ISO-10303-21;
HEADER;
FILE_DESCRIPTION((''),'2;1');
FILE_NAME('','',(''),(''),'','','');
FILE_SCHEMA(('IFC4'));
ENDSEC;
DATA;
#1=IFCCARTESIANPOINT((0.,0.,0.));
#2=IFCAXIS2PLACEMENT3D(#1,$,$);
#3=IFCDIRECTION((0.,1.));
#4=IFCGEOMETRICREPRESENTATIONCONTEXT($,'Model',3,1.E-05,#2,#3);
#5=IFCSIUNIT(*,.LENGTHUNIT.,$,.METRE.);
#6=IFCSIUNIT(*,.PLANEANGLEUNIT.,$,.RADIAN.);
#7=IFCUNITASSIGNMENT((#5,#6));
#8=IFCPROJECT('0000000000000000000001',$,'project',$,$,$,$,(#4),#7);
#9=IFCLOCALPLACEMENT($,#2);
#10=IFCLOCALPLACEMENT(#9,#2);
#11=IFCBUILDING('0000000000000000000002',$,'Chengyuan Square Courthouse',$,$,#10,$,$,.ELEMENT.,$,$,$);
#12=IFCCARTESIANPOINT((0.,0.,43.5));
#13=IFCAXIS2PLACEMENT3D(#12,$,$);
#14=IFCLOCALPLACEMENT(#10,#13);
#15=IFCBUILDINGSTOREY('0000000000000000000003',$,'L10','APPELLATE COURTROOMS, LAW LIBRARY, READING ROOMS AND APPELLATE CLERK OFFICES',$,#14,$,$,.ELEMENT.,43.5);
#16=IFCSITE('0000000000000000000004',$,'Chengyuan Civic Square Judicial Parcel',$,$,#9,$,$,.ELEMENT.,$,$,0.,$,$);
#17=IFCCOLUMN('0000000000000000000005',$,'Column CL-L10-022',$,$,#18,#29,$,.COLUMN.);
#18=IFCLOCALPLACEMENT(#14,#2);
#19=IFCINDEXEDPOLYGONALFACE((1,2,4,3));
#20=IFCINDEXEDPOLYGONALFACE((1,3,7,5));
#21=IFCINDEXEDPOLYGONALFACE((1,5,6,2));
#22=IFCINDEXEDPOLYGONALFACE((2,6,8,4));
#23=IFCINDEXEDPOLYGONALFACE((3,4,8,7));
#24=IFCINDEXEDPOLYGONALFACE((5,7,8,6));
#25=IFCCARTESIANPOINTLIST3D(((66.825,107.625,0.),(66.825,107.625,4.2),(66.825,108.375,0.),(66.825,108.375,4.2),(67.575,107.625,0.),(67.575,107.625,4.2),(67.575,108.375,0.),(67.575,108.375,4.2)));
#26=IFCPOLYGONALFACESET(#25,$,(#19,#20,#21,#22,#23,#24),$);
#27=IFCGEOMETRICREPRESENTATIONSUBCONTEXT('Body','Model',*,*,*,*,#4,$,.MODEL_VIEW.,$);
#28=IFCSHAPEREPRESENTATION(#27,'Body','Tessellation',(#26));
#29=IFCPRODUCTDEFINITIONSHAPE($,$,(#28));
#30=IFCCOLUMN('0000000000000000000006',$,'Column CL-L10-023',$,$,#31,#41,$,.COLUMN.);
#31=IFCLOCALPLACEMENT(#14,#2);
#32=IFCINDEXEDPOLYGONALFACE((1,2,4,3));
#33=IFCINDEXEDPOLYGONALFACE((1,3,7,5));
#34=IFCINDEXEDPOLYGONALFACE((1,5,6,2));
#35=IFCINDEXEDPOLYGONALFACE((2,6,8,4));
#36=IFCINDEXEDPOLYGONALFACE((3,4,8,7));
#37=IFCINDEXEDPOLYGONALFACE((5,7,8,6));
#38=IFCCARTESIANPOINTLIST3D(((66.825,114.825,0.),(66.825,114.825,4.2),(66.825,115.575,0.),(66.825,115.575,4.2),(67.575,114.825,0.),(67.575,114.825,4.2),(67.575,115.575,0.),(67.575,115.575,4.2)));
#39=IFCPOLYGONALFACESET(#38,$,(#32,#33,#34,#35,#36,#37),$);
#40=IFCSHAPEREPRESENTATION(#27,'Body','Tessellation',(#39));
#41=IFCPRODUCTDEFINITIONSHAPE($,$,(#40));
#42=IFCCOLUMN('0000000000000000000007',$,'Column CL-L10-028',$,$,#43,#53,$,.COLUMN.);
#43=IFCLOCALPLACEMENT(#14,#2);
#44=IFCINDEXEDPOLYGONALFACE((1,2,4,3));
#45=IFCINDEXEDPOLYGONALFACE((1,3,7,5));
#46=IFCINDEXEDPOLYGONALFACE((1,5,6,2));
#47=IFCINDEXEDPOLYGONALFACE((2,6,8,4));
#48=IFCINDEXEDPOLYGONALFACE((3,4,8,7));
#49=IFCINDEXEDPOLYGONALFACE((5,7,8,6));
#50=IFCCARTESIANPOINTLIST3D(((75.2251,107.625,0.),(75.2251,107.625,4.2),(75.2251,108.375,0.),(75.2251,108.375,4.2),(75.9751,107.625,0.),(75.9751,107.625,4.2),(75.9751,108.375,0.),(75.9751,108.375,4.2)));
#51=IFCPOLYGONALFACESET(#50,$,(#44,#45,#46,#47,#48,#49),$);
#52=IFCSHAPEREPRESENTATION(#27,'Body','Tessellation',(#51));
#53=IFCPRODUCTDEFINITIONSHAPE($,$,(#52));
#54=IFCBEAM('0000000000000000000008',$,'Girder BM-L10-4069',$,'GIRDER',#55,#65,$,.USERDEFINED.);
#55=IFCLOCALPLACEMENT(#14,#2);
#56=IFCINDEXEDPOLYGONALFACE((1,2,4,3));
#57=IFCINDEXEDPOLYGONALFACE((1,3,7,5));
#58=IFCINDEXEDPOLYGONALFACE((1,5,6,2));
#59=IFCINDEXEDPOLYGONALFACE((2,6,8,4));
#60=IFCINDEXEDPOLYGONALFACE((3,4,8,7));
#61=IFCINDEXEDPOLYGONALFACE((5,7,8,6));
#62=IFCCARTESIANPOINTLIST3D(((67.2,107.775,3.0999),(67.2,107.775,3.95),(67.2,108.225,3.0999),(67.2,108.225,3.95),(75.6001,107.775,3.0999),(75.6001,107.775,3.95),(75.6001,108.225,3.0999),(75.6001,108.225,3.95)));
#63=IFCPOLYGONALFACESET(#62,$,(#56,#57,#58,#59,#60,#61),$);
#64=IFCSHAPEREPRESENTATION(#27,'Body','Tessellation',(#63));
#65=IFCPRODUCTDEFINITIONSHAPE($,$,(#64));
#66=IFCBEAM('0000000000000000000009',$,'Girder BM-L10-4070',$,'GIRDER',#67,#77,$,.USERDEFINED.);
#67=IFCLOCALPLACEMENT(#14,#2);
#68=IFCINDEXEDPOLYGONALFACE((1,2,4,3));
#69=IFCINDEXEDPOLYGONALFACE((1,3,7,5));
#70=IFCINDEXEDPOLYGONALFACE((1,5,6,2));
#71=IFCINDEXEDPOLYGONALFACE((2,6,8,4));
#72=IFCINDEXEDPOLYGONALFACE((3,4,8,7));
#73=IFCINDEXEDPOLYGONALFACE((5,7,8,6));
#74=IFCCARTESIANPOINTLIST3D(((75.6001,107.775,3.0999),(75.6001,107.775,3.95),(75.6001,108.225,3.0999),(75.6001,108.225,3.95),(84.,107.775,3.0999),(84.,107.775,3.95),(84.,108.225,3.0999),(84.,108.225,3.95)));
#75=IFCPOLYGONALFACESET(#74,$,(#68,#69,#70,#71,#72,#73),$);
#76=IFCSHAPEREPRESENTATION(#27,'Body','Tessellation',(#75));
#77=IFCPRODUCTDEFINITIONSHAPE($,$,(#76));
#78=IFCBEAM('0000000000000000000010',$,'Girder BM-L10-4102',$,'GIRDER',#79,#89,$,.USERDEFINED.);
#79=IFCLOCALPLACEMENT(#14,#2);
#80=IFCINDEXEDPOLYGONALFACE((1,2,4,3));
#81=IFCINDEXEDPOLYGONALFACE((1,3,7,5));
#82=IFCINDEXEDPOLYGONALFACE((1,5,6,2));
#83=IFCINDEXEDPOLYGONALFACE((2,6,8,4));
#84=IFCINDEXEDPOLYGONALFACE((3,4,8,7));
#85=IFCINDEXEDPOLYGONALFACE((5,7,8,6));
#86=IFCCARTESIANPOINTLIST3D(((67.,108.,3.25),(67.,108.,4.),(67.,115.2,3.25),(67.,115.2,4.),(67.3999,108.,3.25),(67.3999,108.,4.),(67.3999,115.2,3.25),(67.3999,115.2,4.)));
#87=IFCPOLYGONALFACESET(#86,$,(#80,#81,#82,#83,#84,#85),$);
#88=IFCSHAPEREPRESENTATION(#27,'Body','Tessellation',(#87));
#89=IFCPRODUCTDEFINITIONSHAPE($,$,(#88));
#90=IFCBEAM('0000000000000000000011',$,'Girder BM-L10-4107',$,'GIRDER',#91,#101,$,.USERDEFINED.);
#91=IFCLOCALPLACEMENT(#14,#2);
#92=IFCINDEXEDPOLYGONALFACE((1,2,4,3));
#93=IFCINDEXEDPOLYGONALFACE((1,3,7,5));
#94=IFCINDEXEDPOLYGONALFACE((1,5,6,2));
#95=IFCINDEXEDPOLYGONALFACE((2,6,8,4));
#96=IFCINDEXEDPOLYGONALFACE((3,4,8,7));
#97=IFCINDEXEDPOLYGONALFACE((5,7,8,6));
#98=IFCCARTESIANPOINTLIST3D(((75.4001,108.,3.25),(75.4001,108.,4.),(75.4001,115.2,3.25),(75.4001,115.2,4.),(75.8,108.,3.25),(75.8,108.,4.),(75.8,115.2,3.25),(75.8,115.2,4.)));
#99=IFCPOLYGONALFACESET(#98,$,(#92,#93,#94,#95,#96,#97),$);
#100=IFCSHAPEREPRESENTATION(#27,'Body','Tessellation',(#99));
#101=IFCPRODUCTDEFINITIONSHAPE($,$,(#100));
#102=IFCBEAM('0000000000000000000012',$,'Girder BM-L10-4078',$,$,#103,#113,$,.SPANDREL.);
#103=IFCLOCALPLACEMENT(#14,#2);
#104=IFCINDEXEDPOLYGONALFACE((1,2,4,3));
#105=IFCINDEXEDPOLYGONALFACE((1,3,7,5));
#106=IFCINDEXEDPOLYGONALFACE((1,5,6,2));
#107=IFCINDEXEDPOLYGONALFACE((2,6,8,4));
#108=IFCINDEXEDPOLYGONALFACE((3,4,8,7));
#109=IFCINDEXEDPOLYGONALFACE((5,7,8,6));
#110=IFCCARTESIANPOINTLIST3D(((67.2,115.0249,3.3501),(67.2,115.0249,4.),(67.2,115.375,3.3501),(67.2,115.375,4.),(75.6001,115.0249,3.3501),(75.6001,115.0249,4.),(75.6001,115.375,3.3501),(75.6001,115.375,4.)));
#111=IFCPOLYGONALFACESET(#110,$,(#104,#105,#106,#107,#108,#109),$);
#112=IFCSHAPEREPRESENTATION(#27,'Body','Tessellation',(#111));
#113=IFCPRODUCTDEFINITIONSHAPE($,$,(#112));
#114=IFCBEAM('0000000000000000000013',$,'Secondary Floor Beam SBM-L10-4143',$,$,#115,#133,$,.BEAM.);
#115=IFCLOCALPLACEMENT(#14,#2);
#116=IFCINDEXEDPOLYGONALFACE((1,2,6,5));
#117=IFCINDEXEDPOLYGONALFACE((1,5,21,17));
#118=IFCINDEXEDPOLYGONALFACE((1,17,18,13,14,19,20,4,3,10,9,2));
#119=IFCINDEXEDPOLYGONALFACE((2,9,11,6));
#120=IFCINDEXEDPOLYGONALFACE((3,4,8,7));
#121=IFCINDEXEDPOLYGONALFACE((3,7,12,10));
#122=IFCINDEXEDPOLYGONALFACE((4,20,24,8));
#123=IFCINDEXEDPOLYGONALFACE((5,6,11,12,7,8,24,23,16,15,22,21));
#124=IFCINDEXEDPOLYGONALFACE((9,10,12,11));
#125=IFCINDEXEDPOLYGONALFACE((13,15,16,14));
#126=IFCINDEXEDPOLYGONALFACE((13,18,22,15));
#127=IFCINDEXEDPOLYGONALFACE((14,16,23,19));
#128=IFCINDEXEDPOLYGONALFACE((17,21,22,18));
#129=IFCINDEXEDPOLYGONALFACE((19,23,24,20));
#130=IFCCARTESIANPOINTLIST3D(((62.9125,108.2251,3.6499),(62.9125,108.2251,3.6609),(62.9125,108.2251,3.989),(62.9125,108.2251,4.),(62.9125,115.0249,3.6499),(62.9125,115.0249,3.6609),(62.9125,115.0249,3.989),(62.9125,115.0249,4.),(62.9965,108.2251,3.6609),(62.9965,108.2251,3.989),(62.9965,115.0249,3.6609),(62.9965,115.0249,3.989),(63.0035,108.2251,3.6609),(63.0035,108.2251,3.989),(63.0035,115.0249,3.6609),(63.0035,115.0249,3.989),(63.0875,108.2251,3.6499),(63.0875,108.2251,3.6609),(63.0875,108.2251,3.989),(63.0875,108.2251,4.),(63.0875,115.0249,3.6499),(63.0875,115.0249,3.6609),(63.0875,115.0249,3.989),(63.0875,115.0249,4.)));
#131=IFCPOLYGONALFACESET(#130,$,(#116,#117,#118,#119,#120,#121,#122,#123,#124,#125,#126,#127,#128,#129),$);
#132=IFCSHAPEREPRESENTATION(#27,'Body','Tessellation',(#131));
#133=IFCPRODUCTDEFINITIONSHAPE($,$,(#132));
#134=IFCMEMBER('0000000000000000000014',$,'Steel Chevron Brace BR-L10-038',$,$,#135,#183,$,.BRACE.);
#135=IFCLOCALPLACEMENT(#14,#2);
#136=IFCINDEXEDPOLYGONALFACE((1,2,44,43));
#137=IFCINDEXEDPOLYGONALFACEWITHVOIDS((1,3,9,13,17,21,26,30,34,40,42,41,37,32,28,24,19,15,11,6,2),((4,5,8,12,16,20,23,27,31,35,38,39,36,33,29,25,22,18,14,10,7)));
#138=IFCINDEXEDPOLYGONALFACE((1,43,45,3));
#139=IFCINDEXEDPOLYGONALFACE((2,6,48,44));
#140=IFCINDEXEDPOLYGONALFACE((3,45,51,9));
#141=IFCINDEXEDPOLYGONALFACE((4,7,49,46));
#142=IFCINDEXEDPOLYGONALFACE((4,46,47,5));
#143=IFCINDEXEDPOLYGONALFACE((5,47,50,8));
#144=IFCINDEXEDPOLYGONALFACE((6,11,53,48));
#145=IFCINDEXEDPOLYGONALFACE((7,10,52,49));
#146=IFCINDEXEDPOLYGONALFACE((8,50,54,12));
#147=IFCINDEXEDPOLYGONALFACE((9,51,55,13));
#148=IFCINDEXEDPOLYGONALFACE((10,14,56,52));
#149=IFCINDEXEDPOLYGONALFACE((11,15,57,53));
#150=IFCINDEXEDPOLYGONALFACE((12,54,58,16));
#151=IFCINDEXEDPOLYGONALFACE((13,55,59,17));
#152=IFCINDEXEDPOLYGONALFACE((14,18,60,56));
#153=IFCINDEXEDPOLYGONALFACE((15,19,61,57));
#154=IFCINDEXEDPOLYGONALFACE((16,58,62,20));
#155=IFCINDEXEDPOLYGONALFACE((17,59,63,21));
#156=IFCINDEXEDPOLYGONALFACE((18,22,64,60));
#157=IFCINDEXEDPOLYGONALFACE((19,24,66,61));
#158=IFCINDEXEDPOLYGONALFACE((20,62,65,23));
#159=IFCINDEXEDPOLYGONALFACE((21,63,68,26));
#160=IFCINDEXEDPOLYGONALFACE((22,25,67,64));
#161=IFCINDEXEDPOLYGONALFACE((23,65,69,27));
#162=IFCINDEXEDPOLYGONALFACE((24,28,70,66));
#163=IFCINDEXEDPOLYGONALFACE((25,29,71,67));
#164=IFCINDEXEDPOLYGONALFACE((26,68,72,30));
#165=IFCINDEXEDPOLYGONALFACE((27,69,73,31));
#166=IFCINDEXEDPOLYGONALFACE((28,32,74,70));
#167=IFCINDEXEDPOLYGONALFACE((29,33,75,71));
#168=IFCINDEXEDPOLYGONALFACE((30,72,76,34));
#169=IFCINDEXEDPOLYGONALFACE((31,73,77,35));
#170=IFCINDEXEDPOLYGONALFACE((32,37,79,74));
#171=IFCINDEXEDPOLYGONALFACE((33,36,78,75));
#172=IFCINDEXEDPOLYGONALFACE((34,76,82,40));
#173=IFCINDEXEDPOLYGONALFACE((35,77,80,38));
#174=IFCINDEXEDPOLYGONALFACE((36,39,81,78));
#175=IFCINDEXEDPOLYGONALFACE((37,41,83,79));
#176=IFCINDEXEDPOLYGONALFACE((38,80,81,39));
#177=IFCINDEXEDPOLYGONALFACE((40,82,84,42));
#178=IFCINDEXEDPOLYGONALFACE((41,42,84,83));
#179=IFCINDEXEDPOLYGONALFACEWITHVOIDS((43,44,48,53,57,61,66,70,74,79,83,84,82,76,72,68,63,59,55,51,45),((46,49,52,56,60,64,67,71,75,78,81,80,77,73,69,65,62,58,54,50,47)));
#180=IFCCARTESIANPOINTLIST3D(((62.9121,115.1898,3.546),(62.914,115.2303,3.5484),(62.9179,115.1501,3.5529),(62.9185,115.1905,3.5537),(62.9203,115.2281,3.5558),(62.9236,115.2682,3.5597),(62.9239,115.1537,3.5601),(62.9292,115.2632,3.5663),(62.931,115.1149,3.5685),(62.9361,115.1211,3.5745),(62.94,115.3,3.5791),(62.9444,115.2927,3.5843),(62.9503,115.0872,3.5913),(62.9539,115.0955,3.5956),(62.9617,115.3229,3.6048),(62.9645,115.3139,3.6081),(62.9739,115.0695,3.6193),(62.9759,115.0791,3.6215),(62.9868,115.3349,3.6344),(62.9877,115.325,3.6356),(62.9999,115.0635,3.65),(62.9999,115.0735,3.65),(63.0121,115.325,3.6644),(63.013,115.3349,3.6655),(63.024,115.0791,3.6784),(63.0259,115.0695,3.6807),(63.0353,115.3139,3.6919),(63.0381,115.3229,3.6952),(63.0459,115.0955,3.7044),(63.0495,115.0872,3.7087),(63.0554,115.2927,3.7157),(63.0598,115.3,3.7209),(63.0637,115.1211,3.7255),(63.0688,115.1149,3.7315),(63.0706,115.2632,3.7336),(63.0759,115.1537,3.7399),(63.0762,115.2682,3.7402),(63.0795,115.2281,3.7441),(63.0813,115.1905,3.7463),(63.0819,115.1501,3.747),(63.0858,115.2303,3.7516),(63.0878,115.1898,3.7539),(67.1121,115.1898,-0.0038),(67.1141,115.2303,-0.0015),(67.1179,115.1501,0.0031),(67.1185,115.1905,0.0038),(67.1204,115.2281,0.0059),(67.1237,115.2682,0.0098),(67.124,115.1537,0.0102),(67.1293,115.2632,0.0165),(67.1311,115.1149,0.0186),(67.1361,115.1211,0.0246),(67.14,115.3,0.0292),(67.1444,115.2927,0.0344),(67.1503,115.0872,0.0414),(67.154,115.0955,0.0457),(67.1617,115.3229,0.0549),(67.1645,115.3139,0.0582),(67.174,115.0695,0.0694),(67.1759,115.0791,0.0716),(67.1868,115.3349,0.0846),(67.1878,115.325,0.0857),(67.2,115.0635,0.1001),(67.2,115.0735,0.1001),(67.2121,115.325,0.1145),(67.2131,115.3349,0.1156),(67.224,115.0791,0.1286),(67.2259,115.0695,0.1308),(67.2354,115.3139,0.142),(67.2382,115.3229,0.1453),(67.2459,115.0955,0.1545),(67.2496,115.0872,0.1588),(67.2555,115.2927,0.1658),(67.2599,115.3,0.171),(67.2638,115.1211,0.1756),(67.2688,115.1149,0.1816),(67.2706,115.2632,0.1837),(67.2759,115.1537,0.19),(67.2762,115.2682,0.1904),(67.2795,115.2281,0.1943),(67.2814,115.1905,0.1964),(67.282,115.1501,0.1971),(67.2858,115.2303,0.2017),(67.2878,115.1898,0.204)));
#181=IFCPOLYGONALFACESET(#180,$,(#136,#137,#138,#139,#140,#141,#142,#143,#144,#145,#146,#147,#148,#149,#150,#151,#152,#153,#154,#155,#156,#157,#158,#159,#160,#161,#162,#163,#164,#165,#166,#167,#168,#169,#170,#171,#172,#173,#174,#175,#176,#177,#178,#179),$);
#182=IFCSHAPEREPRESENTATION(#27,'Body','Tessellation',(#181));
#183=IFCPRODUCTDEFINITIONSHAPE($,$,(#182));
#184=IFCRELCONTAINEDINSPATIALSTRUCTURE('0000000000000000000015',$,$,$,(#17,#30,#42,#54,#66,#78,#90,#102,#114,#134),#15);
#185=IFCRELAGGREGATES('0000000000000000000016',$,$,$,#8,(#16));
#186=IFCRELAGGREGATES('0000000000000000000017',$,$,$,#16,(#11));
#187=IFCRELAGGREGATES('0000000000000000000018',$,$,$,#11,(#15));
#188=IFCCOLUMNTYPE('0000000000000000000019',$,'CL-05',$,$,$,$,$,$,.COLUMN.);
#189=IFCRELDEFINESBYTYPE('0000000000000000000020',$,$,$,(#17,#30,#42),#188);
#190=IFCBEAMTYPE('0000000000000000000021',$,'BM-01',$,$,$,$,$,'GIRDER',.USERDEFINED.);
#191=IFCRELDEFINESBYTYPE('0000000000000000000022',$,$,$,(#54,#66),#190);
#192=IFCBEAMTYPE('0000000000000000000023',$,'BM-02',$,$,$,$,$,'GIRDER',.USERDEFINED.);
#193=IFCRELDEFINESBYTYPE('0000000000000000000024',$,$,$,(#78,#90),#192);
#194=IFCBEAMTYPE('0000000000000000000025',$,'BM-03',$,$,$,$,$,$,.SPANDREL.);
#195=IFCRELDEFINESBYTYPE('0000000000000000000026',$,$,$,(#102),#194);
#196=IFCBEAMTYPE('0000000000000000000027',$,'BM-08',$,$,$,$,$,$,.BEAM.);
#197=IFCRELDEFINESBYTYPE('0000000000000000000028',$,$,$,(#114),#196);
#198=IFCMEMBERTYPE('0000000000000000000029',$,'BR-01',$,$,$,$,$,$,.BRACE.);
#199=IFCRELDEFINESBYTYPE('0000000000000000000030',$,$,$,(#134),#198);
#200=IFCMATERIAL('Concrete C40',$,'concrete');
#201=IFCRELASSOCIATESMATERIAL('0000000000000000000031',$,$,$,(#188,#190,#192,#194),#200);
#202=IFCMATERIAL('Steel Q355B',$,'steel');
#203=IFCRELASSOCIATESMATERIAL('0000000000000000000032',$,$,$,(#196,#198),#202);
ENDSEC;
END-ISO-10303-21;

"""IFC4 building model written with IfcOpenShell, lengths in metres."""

from ifc_helpers import new_model, si_unit, direction, frame, origin, origin_2d, place, context, subcontext, project, spatial, rectangle, hollow_circle, i_section, extrude, material, material_profile, profile_set, type_object, element, save


model = new_model("IFC4")

# Units and contexts
model_context = context("Model", 3, precision=1e-05, world=origin(), true_north=direction((0.0, 1.0)))
body_context = subcontext(model_context, "Body", "Model", "MODEL_VIEW")
ifc_project = project(units=[si_unit("LENGTHUNIT", "METRE"), si_unit("PLANEANGLEUNIT", "RADIAN")], contexts=[model_context])

# Site, building, storey
site_placement = place(None, origin())
site = spatial("IfcSite", under=ifc_project, at=site_placement, Name="Chengyuan Civic Square Judicial Parcel", CompositionType="ELEMENT", RefElevation=0.0)
building_placement = place(site_placement, origin())
building = spatial("IfcBuilding", under=site, at=building_placement, Name="Chengyuan Square Courthouse", CompositionType="ELEMENT")
storey_placement = place(building_placement, frame((0.0, 0.0, 43.5)))
storey = spatial("IfcBuildingStorey", under=building, at=storey_placement, Name="L10", Description="APPELLATE COURTROOMS, LAW LIBRARY, READING ROOMS AND APPELLATE CLERK OFFICES", CompositionType="ELEMENT", Elevation=43.5)

# Columns
ifc_material_1 = material(Name="Concrete C40", Category="concrete")
ifc_material_profile_1 = material_profile(ifc_material_1, rectangle(XDim=0.75, YDim=0.75, at=origin_2d()), Name="RC-COL-750x750")
ifc_profile_set_1 = profile_set([ifc_material_profile_1], Name="Concrete C40")
column_type = type_object("IfcColumnType", Name="CL-05", PredefinedType="COLUMN", material=ifc_profile_set_1)
for number, where, z_axis, x_axis, name in (
    (1, (67.2, 108.0, 0.0), (0.0, 0.0, 1.0), (1.0, 0.0, 0.0), "Column CL-L10-022"),
    (2, (67.2, 115.2, 0.0), (0.0, 0.0, 1.0), (1.0, 0.0, 0.0), "Column CL-L10-023"),
    (3, (75.6001, 108.0, 0.0), (0.0, 0.0, 1.0), (1.0, 0.0, 0.0), "Column CL-L10-028"),
):
    element("IfcColumn", number, at=place(storey_placement, frame(where, z_axis=z_axis, x_axis=x_axis)), inside=storey, type_object=column_type, Name=name, PredefinedType="COLUMN", context=body_context, shape_type="SweptSolid", body=[
        extrude(rectangle(XDim=0.75, YDim=0.75, at=origin_2d()), origin(), (0.0, 0.0, 1.0), 4.2),
    ])

# Beams
ifc_material_profile_2 = material_profile(ifc_material_1, rectangle(XDim=0.45, YDim=0.8501, at=origin_2d()), Name="RC-BM-450x850")
ifc_profile_set_2 = profile_set([ifc_material_profile_2], Name="Concrete C40")
beam_type_1 = type_object("IfcBeamType", Name="BM-01", ElementType="GIRDER", PredefinedType="USERDEFINED", material=ifc_profile_set_2)
beam_1_placement = place(storey_placement, frame((67.2, 108.0, 3.5249), z_axis=(1.0, 0.0, 0.0), x_axis=(0.0, 1.0, 0.0)))
element("IfcBeam", 4, at=beam_1_placement, inside=storey, type_object=beam_type_1, Name="Girder BM-L10-4069", ObjectType="GIRDER", PredefinedType="USERDEFINED", context=body_context, shape_type="SweptSolid", body=[
    extrude(rectangle(XDim=0.45, YDim=0.8501, at=origin_2d()), origin(), (0.0, 0.0, 1.0), 8.4001),
])
beam_2_placement = place(storey_placement, frame((75.6001, 108.0, 3.5249), z_axis=(1.0, 0.0, 0.0), x_axis=(0.0, 1.0, 0.0)))
element("IfcBeam", 5, at=beam_2_placement, inside=storey, type_object=beam_type_1, Name="Girder BM-L10-4070", ObjectType="GIRDER", PredefinedType="USERDEFINED", context=body_context, shape_type="SweptSolid", body=[
    extrude(rectangle(XDim=0.45, YDim=0.8501, at=origin_2d()), origin(), (0.0, 0.0, 1.0), 8.3999),
])
ifc_material_profile_3 = material_profile(ifc_material_1, rectangle(XDim=0.3999, YDim=0.75, at=origin_2d()), Name="RC-BM-400x750")
ifc_profile_set_3 = profile_set([ifc_material_profile_3], Name="Concrete C40")
beam_type_2 = type_object("IfcBeamType", Name="BM-02", ElementType="GIRDER", PredefinedType="USERDEFINED", material=ifc_profile_set_3)
for number, where, z_axis, x_axis, name in (
    (6, (67.2, 108.0, 3.625), (0.0, 1.0, 0.0), (-1.0, 0.0, 0.0), "Girder BM-L10-4102"),
    (7, (75.6001, 108.0, 3.625), (0.0, 1.0, 0.0), (-1.0, 0.0, 0.0), "Girder BM-L10-4107"),
):
    element("IfcBeam", number, at=place(storey_placement, frame(where, z_axis=z_axis, x_axis=x_axis)), inside=storey, type_object=beam_type_2, Name=name, ObjectType="GIRDER", PredefinedType="USERDEFINED", context=body_context, shape_type="SweptSolid", body=[
        extrude(rectangle(XDim=0.3999, YDim=0.75, at=origin_2d()), origin(), (0.0, 0.0, 1.0), 7.2),
    ])
ifc_material_profile_4 = material_profile(ifc_material_1, rectangle(XDim=0.3501, YDim=0.6499, at=origin_2d()), Name="RC-BM-350x650")
ifc_profile_set_4 = profile_set([ifc_material_profile_4], Name="Concrete C40")
beam_type_3 = type_object("IfcBeamType", Name="BM-03", PredefinedType="SPANDREL", material=ifc_profile_set_4)
beam_3_placement = place(storey_placement, frame((67.2, 115.2, 3.675), z_axis=(1.0, 0.0, 0.0), x_axis=(0.0, 1.0, 0.0)))
element("IfcBeam", 8, at=beam_3_placement, inside=storey, type_object=beam_type_3, Name="Girder BM-L10-4078", PredefinedType="SPANDREL", context=body_context, shape_type="SweptSolid", body=[
    extrude(rectangle(XDim=0.3501, YDim=0.6499, at=origin_2d()), origin(), (0.0, 0.0, 1.0), 8.4001),
])
ifc_material_2 = material(Name="Steel Q355B", Category="steel")
ifc_material_profile_5 = material_profile(ifc_material_2, i_section(OverallWidth=0.175, OverallDepth=0.3501, WebThickness=0.0071, FlangeThickness=0.011, at=origin_2d()), Name="HN 350x175x7x11")
ifc_profile_set_5 = profile_set([ifc_material_profile_5], Name="Steel Q355B")
beam_type_4 = type_object("IfcBeamType", Name="BM-08", PredefinedType="BEAM", material=ifc_profile_set_5)
beam_4_placement = place(storey_placement, frame((63.0, 108.2251, 3.825), z_axis=(0.0, 1.0, 0.0), x_axis=(-1.0, 0.0, 0.0)))
element("IfcBeam", 9, at=beam_4_placement, inside=storey, type_object=beam_type_4, Name="Secondary Floor Beam SBM-L10-4143", PredefinedType="BEAM", context=body_context, shape_type="SweptSolid", body=[
    extrude(i_section(OverallWidth=0.175, OverallDepth=0.3501, WebThickness=0.0071, FlangeThickness=0.011, at=origin_2d()), origin(), (0.0, 0.0, 1.0), 6.7998),
])

# Member
ifc_material_profile_6 = material_profile(ifc_material_2, hollow_circle(Radius=0.1365, WallThickness=0.01, at=origin_2d()), Name="CHS 273x10")
ifc_profile_set_6 = profile_set([ifc_material_profile_6], Name="Steel Q355B")
member_type = type_object("IfcMemberType", Name="BR-01", PredefinedType="BRACE", material=ifc_profile_set_6)
member_placement = place(storey_placement, frame((67.2, 115.2, 0.1001), z_axis=(-0.763745, 0.0, 0.645518), x_axis=(0.0, -1.0, 0.0)))
element("IfcMember", 10, at=member_placement, inside=storey, type_object=member_type, Name="Steel Chevron Brace BR-L10-038", PredefinedType="BRACE", context=body_context, shape_type="SweptSolid", body=[
    extrude(hollow_circle(Radius=0.1365, WallThickness=0.01, at=origin_2d()), origin(), (0.0, 0.0, 1.0), 5.4993),
])

save(model, "model.ifc")
